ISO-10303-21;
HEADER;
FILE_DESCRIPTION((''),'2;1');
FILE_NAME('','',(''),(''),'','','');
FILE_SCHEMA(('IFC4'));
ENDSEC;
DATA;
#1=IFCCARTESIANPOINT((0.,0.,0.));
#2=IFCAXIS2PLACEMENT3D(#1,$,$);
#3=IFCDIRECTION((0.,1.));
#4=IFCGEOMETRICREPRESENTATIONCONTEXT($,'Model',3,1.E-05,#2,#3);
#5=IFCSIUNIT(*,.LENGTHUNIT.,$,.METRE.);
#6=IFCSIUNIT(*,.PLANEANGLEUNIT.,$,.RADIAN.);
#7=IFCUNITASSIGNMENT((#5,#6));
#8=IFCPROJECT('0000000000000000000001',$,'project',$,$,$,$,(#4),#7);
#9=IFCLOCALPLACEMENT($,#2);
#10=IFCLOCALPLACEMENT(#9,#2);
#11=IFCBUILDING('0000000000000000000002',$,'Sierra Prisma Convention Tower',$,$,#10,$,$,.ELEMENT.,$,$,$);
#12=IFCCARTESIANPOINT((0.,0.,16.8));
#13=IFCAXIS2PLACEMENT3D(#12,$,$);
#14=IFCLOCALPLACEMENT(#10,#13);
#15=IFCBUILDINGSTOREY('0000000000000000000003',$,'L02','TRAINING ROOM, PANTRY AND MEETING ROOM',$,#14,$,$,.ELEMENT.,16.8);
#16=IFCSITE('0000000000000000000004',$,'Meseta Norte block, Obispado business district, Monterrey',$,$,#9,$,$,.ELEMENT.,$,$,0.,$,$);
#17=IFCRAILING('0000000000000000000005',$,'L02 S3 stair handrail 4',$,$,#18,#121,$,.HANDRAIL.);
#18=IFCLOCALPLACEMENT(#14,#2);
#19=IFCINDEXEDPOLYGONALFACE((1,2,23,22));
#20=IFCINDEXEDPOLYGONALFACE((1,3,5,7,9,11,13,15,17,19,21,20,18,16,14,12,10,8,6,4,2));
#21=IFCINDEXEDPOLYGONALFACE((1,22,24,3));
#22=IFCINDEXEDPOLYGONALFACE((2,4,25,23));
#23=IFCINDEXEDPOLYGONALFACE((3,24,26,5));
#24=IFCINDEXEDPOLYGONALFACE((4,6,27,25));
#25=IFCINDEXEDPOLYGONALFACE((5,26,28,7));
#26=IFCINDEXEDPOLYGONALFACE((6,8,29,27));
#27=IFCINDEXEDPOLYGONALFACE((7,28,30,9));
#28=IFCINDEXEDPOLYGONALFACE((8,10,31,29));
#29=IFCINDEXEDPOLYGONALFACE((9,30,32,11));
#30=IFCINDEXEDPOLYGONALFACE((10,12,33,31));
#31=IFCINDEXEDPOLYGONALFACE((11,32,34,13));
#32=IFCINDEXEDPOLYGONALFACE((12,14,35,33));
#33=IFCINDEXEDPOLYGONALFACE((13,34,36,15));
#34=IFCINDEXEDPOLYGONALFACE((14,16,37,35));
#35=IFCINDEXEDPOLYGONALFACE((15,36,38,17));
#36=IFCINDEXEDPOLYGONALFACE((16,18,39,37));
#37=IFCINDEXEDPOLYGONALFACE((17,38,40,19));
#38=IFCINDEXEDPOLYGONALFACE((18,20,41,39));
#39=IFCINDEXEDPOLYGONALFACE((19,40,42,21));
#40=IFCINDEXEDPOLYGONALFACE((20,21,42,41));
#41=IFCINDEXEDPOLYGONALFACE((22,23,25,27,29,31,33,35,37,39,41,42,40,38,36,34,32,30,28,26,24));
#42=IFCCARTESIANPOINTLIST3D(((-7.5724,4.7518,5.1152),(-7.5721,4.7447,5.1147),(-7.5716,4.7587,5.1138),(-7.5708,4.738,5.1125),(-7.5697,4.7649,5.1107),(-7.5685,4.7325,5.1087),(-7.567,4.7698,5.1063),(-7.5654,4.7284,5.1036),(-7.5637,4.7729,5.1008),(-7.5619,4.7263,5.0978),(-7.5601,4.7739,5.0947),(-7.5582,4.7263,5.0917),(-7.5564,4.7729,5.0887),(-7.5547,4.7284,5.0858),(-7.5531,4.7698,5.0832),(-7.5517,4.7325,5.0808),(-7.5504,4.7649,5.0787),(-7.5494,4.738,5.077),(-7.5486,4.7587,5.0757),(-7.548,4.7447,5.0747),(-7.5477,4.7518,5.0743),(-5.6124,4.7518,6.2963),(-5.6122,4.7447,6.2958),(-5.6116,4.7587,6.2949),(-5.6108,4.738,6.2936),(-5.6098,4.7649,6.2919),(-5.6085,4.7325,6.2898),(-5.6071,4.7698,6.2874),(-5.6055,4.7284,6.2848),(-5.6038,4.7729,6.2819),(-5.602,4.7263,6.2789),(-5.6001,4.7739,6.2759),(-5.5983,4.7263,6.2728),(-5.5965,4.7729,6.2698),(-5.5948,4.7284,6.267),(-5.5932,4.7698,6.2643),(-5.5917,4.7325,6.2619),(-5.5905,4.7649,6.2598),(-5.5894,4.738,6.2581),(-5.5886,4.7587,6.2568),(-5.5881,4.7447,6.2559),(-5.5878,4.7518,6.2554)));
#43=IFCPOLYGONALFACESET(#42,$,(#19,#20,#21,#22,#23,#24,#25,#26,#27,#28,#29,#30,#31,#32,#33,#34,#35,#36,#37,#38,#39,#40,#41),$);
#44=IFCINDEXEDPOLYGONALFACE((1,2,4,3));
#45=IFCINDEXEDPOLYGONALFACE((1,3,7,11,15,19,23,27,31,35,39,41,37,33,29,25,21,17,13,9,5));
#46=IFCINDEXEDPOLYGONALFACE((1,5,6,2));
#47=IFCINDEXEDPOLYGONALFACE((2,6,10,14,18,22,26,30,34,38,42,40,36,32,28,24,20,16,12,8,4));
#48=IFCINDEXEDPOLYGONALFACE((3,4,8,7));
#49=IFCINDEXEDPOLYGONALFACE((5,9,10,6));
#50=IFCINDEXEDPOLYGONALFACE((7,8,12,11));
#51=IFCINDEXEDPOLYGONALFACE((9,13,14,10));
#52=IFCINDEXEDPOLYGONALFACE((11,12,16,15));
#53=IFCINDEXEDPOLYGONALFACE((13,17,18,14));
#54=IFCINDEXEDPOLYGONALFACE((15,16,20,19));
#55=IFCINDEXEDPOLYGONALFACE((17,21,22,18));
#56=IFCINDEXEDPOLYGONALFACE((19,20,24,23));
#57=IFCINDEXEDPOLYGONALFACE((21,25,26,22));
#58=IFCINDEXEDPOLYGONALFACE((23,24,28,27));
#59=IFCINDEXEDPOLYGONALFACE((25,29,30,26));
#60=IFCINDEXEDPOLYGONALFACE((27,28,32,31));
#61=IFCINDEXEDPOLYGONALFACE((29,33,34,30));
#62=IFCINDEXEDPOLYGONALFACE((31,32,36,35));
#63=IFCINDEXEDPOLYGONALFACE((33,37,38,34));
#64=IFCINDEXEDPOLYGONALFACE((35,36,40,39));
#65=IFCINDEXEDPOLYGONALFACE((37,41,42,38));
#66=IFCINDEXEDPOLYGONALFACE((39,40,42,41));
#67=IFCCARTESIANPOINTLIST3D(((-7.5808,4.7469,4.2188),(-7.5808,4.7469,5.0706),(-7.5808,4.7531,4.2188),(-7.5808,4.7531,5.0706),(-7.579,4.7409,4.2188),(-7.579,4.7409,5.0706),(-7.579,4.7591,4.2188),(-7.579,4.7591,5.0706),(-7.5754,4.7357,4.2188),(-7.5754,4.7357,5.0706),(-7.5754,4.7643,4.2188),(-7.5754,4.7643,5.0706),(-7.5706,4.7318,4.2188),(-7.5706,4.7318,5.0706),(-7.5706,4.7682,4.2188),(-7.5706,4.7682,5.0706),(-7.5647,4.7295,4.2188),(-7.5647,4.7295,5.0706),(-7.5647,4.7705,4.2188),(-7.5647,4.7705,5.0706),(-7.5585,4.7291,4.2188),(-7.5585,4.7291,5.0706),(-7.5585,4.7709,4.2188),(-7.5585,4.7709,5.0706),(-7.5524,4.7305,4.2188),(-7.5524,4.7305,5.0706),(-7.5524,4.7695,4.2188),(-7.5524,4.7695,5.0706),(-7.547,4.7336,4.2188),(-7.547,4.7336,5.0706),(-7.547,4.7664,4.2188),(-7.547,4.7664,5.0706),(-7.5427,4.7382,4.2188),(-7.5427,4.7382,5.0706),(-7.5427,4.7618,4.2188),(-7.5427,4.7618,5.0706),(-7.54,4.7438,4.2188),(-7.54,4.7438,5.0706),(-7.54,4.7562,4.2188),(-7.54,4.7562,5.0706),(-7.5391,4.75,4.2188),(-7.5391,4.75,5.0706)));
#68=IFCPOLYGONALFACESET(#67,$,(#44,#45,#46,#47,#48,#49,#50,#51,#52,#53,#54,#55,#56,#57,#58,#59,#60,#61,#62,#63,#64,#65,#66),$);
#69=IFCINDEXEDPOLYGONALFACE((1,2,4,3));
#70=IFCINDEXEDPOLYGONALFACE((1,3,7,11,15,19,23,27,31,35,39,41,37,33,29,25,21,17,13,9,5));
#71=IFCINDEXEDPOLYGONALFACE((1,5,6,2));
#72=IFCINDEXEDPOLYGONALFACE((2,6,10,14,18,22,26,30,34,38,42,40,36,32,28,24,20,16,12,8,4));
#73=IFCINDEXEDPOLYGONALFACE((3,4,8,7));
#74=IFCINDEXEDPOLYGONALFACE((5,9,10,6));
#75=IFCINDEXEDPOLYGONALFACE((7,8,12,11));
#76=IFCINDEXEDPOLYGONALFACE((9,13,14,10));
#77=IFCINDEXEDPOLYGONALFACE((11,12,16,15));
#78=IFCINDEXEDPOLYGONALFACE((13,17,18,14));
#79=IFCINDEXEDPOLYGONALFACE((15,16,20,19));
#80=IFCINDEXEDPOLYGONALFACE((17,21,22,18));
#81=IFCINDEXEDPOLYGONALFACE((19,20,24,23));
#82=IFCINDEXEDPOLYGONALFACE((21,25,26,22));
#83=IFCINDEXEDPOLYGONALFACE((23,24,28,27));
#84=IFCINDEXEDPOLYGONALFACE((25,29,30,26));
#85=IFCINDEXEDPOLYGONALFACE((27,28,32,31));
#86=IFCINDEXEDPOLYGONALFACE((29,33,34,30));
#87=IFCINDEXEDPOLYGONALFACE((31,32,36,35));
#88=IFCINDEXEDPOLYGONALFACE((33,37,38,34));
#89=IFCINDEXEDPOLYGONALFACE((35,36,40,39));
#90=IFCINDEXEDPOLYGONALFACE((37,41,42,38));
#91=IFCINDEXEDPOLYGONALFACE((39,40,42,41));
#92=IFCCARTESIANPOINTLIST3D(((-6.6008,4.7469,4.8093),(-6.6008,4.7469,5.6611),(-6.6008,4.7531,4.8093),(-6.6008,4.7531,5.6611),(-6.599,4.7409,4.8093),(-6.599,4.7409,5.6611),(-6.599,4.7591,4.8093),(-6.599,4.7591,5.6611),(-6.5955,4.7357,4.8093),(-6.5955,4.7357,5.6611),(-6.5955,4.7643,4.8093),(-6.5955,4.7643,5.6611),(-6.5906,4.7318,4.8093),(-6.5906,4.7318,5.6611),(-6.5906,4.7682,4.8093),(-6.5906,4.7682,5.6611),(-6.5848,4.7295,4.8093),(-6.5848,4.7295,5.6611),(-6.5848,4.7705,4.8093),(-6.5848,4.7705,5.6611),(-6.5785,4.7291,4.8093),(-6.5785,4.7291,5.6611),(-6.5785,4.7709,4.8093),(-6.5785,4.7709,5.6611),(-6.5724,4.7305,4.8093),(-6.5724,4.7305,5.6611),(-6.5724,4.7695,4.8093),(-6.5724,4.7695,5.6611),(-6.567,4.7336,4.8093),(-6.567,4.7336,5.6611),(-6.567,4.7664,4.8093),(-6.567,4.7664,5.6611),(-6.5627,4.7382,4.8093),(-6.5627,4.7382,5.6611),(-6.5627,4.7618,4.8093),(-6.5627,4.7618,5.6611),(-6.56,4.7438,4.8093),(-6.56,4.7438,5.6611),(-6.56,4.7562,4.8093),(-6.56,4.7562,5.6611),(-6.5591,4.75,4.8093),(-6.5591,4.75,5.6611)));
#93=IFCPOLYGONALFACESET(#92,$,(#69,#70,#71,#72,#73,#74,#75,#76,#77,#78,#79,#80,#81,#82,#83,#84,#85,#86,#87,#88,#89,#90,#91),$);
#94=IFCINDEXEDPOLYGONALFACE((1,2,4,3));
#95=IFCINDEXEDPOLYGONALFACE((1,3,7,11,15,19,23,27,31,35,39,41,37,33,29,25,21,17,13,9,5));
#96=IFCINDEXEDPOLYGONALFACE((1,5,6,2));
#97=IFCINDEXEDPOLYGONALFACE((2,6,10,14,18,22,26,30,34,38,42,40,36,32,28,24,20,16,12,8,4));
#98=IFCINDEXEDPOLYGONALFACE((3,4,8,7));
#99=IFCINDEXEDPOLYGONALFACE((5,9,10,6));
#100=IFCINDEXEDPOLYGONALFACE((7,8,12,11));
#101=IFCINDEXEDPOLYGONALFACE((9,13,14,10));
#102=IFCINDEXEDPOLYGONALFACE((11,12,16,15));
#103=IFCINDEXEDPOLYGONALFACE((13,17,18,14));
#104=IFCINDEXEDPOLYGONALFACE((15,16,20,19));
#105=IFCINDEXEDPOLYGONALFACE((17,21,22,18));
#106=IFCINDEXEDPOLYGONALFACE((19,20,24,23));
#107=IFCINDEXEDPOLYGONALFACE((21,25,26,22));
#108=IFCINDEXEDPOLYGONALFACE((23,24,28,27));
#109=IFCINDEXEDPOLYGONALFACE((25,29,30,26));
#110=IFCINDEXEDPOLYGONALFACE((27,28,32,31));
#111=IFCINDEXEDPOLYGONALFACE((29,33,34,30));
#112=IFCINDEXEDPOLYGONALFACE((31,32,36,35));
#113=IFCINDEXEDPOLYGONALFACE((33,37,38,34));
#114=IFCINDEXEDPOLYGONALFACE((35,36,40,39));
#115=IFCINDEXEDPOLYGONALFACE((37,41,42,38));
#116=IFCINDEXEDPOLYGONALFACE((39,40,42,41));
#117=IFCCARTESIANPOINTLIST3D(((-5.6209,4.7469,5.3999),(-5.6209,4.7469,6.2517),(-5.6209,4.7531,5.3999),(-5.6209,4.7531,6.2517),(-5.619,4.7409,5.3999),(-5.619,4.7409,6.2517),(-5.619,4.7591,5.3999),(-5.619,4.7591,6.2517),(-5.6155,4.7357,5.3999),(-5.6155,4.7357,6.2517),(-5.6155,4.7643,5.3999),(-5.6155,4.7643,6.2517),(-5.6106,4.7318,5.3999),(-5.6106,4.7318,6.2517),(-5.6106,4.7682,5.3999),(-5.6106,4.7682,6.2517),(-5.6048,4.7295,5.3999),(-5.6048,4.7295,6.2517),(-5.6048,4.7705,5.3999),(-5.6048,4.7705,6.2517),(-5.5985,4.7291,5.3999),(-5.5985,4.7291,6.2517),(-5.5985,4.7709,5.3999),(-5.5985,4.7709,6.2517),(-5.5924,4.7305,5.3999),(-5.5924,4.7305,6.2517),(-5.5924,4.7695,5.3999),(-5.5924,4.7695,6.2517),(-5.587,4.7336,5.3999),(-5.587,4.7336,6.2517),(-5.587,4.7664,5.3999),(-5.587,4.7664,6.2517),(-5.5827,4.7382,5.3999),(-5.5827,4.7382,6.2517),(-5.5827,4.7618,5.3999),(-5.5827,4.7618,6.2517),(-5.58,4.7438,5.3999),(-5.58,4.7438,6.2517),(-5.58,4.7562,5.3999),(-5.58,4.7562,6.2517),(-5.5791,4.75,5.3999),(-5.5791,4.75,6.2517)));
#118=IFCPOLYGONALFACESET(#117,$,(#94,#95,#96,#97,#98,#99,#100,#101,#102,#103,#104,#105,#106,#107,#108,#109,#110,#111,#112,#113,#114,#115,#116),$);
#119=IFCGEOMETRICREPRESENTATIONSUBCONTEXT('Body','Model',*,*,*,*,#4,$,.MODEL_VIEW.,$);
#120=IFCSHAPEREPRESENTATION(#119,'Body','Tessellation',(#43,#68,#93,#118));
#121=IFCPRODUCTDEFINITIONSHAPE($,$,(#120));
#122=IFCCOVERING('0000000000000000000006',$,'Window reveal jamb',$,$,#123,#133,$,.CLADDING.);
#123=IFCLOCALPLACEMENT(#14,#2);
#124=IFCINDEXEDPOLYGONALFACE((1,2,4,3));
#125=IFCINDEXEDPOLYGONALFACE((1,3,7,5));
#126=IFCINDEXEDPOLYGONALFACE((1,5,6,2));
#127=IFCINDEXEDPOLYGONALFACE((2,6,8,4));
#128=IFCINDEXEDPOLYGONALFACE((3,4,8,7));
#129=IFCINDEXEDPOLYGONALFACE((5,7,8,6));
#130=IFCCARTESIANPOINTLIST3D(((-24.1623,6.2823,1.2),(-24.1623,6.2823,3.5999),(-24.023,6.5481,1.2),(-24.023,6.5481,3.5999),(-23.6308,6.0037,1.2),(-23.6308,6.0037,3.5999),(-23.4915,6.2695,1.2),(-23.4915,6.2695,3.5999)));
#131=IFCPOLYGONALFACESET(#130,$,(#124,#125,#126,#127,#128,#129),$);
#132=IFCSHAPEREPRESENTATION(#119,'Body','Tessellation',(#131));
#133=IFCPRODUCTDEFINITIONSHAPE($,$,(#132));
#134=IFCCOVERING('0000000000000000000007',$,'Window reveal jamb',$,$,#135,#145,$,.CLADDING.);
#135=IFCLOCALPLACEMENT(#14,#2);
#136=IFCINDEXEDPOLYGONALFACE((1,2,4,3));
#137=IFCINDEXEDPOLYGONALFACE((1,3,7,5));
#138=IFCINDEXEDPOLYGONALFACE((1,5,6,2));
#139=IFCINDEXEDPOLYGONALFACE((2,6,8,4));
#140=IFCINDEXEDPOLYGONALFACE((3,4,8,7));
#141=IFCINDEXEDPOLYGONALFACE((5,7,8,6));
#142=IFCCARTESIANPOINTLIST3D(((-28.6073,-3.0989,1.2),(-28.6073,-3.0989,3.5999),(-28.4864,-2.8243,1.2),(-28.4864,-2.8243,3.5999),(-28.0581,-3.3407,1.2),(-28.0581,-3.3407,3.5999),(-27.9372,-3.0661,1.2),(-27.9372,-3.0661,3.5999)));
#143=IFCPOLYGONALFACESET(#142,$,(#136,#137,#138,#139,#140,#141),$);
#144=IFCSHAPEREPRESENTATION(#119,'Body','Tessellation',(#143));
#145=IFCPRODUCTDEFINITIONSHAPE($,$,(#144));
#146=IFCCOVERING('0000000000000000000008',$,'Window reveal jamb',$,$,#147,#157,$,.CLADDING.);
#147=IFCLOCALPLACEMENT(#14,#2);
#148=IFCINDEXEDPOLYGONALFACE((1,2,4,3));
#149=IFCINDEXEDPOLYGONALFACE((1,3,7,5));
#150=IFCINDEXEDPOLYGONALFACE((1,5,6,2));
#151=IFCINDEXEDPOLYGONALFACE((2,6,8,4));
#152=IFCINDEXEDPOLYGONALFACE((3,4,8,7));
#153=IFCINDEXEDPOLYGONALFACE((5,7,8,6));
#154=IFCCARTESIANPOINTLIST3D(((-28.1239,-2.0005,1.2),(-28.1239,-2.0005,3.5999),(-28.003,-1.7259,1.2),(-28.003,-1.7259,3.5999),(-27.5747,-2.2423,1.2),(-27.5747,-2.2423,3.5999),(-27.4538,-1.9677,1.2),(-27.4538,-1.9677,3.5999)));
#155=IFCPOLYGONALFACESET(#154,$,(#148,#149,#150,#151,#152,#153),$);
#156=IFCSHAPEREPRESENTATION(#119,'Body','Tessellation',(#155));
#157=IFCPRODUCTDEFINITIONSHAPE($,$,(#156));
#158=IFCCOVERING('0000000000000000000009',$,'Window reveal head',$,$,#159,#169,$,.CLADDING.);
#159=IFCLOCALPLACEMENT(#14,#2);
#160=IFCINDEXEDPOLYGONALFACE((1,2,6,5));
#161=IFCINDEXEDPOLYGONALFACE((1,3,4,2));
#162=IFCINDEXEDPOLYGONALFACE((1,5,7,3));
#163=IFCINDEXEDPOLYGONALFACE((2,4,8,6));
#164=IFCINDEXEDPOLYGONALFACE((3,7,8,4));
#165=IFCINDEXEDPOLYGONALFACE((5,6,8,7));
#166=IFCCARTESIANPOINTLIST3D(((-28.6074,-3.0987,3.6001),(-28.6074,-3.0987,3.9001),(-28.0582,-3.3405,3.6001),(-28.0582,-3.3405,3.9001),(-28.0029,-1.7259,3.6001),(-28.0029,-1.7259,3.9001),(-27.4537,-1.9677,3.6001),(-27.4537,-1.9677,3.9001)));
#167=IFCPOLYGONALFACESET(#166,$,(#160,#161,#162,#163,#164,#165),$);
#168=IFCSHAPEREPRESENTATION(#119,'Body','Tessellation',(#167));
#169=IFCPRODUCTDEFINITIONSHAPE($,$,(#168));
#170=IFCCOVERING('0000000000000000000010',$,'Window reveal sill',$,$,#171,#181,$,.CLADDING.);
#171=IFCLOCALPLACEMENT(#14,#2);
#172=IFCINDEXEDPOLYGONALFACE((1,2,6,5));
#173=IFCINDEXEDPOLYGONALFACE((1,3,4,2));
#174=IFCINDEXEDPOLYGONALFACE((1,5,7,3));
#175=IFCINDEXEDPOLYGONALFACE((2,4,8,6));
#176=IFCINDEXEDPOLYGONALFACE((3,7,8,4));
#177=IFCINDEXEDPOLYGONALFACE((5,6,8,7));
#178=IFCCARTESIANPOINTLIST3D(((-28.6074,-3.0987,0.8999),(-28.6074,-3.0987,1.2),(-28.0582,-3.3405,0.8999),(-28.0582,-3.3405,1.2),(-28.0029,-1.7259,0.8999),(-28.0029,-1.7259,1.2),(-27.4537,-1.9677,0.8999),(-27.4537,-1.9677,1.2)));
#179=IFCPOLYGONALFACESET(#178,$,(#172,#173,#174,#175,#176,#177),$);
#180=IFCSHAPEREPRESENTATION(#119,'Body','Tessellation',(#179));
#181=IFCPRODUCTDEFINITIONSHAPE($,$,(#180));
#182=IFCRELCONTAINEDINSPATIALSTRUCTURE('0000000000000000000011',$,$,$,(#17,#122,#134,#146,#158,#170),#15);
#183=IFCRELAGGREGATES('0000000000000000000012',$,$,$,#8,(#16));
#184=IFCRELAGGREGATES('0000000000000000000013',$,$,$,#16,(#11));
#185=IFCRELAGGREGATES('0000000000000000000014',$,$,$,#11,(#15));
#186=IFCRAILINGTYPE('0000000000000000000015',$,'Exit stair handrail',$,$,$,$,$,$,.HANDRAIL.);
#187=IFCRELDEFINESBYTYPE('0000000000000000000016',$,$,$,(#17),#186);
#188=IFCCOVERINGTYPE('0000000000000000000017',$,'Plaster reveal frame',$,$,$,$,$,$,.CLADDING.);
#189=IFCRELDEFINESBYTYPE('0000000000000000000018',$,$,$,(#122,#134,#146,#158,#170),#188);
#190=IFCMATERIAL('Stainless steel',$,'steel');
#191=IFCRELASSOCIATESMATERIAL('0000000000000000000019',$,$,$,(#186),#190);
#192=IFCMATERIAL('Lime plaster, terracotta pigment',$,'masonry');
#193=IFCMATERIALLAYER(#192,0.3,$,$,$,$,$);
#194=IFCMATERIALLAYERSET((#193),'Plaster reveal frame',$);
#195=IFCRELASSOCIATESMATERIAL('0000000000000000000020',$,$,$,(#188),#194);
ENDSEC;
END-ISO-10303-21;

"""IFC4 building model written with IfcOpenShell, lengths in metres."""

from ifc_helpers import new_model, si_unit, direction, frame, origin, origin_2d, place, context, subcontext, project, spatial, rectangle, circle, extrude, material, layer, layer_set, type_object, element, save


model = new_model("IFC4")

# Units and contexts
model_context = context("Model", 3, precision=1e-05, world=origin(), true_north=direction((0.0, 1.0)))
body_context = subcontext(model_context, "Body", "Model", "MODEL_VIEW")
ifc_project = project(units=[si_unit("LENGTHUNIT", "METRE"), si_unit("PLANEANGLEUNIT", "RADIAN")], contexts=[model_context])

# Site, building, storey
site_placement = place(None, origin())
site = spatial("IfcSite", under=ifc_project, at=site_placement, Name="Meseta Norte block, Obispado business district, Monterrey", CompositionType="ELEMENT", RefElevation=0.0)
building_placement = place(site_placement, origin())
building = spatial("IfcBuilding", under=site, at=building_placement, Name="Sierra Prisma Convention Tower", CompositionType="ELEMENT")
storey_placement = place(building_placement, frame((0.0, 0.0, 16.8)))
storey = spatial("IfcBuildingStorey", under=building, at=storey_placement, Name="L02", Description="TRAINING ROOM, PANTRY AND MEETING ROOM", CompositionType="ELEMENT", Elevation=16.8)

# Railing
ifc_material_1 = material(Name="Stainless steel", Category="steel")
railing_type_1 = type_object("IfcRailingType", Name="Exit stair handrail", PredefinedType="HANDRAIL", material=ifc_material_1)
for number, where, name in (
    (1, (-7.5601, 4.75, 4.2188), "L02 S3 stair handrail 4"),
):
    element("IfcRailing", number, at=place(storey_placement, frame(where)), inside=storey, type_object=railing_type_1, Name=name, PredefinedType="HANDRAIL", context=body_context, shape_type="SweptSolid", body=[
        extrude(circle(Radius=0.0239, at=origin_2d()), frame((0.0, 0.0, 0.876), z_axis=(0.856493, 0.0, 0.516158), x_axis=(0.0, 1.0, 0.0)), (0.0, 0.0, 1.0), 2.2883),
        extrude(circle(Radius=0.021, at=origin_2d()), origin(), (0.0, 0.0, 1.0), 0.8518),
        extrude(circle(Radius=0.021, at=origin_2d()), frame((0.98, 0.0, 0.5906)), (0.0, 0.0, 1.0), 0.8518),
        extrude(circle(Radius=0.021, at=origin_2d()), frame((1.96, 0.0, 1.1812)), (0.0, 0.0, 1.0), 0.8518),
    ])

# Coverings
ifc_material_2 = material(Name="Lime plaster, terracotta pigment", Category="masonry")
ifc_layer_1 = layer(ifc_material_2, 0.3)
ifc_layer_set_1 = layer_set([ifc_layer_1], Name="Plaster reveal frame")
covering_type = type_object("IfcCoveringType", Name="Plaster reveal frame", PredefinedType="CLADDING", material=ifc_layer_set_1)
for number, where, z_axis, x_axis, name in (
    (2, (-23.8269, 6.2759, 1.2), (0.0, 0.0, 1.0), (0.464253, 0.885703, 0.0), "Window reveal jamb"),
    (3, (-28.2722, -3.0825, 1.2), (0.0, 0.0, 1.0), (0.402986, 0.915206, 0.0), "Window reveal jamb"),
    (4, (-27.7888, -1.9841, 1.2), (0.0, 0.0, 1.0), (0.402986, 0.915206, 0.0), "Window reveal jamb"),
):
    element("IfcCovering", number, at=place(storey_placement, frame(where, z_axis=z_axis, x_axis=x_axis)), inside=storey, type_object=covering_type, Name=name, PredefinedType="CLADDING", context=body_context, shape_type="SweptSolid", body=[
        extrude(rectangle(XDim=0.3, YDim=0.6001, at=origin_2d()), origin(), (0.0, 0.0, 1.0), 2.3999),
    ])
for number, where, z_axis, x_axis, name in (
    (5, (-28.0305, -2.5332, 3.6001), (0.0, 0.0, 1.0), (0.402986, 0.915206, 0.0), "Window reveal head"),
    (6, (-28.0305, -2.5332, 0.8999), (0.0, 0.0, 1.0), (0.402986, 0.915206, 0.0), "Window reveal sill"),
):
    element("IfcCovering", number, at=place(storey_placement, frame(where, z_axis=z_axis, x_axis=x_axis)), inside=storey, type_object=covering_type, Name=name, PredefinedType="CLADDING", context=body_context, shape_type="SweptSolid", body=[
        extrude(rectangle(XDim=1.5, YDim=0.6001, at=origin_2d()), origin(), (0.0, 0.0, 1.0), 0.3),
    ])

save(model, "model.ifc")
